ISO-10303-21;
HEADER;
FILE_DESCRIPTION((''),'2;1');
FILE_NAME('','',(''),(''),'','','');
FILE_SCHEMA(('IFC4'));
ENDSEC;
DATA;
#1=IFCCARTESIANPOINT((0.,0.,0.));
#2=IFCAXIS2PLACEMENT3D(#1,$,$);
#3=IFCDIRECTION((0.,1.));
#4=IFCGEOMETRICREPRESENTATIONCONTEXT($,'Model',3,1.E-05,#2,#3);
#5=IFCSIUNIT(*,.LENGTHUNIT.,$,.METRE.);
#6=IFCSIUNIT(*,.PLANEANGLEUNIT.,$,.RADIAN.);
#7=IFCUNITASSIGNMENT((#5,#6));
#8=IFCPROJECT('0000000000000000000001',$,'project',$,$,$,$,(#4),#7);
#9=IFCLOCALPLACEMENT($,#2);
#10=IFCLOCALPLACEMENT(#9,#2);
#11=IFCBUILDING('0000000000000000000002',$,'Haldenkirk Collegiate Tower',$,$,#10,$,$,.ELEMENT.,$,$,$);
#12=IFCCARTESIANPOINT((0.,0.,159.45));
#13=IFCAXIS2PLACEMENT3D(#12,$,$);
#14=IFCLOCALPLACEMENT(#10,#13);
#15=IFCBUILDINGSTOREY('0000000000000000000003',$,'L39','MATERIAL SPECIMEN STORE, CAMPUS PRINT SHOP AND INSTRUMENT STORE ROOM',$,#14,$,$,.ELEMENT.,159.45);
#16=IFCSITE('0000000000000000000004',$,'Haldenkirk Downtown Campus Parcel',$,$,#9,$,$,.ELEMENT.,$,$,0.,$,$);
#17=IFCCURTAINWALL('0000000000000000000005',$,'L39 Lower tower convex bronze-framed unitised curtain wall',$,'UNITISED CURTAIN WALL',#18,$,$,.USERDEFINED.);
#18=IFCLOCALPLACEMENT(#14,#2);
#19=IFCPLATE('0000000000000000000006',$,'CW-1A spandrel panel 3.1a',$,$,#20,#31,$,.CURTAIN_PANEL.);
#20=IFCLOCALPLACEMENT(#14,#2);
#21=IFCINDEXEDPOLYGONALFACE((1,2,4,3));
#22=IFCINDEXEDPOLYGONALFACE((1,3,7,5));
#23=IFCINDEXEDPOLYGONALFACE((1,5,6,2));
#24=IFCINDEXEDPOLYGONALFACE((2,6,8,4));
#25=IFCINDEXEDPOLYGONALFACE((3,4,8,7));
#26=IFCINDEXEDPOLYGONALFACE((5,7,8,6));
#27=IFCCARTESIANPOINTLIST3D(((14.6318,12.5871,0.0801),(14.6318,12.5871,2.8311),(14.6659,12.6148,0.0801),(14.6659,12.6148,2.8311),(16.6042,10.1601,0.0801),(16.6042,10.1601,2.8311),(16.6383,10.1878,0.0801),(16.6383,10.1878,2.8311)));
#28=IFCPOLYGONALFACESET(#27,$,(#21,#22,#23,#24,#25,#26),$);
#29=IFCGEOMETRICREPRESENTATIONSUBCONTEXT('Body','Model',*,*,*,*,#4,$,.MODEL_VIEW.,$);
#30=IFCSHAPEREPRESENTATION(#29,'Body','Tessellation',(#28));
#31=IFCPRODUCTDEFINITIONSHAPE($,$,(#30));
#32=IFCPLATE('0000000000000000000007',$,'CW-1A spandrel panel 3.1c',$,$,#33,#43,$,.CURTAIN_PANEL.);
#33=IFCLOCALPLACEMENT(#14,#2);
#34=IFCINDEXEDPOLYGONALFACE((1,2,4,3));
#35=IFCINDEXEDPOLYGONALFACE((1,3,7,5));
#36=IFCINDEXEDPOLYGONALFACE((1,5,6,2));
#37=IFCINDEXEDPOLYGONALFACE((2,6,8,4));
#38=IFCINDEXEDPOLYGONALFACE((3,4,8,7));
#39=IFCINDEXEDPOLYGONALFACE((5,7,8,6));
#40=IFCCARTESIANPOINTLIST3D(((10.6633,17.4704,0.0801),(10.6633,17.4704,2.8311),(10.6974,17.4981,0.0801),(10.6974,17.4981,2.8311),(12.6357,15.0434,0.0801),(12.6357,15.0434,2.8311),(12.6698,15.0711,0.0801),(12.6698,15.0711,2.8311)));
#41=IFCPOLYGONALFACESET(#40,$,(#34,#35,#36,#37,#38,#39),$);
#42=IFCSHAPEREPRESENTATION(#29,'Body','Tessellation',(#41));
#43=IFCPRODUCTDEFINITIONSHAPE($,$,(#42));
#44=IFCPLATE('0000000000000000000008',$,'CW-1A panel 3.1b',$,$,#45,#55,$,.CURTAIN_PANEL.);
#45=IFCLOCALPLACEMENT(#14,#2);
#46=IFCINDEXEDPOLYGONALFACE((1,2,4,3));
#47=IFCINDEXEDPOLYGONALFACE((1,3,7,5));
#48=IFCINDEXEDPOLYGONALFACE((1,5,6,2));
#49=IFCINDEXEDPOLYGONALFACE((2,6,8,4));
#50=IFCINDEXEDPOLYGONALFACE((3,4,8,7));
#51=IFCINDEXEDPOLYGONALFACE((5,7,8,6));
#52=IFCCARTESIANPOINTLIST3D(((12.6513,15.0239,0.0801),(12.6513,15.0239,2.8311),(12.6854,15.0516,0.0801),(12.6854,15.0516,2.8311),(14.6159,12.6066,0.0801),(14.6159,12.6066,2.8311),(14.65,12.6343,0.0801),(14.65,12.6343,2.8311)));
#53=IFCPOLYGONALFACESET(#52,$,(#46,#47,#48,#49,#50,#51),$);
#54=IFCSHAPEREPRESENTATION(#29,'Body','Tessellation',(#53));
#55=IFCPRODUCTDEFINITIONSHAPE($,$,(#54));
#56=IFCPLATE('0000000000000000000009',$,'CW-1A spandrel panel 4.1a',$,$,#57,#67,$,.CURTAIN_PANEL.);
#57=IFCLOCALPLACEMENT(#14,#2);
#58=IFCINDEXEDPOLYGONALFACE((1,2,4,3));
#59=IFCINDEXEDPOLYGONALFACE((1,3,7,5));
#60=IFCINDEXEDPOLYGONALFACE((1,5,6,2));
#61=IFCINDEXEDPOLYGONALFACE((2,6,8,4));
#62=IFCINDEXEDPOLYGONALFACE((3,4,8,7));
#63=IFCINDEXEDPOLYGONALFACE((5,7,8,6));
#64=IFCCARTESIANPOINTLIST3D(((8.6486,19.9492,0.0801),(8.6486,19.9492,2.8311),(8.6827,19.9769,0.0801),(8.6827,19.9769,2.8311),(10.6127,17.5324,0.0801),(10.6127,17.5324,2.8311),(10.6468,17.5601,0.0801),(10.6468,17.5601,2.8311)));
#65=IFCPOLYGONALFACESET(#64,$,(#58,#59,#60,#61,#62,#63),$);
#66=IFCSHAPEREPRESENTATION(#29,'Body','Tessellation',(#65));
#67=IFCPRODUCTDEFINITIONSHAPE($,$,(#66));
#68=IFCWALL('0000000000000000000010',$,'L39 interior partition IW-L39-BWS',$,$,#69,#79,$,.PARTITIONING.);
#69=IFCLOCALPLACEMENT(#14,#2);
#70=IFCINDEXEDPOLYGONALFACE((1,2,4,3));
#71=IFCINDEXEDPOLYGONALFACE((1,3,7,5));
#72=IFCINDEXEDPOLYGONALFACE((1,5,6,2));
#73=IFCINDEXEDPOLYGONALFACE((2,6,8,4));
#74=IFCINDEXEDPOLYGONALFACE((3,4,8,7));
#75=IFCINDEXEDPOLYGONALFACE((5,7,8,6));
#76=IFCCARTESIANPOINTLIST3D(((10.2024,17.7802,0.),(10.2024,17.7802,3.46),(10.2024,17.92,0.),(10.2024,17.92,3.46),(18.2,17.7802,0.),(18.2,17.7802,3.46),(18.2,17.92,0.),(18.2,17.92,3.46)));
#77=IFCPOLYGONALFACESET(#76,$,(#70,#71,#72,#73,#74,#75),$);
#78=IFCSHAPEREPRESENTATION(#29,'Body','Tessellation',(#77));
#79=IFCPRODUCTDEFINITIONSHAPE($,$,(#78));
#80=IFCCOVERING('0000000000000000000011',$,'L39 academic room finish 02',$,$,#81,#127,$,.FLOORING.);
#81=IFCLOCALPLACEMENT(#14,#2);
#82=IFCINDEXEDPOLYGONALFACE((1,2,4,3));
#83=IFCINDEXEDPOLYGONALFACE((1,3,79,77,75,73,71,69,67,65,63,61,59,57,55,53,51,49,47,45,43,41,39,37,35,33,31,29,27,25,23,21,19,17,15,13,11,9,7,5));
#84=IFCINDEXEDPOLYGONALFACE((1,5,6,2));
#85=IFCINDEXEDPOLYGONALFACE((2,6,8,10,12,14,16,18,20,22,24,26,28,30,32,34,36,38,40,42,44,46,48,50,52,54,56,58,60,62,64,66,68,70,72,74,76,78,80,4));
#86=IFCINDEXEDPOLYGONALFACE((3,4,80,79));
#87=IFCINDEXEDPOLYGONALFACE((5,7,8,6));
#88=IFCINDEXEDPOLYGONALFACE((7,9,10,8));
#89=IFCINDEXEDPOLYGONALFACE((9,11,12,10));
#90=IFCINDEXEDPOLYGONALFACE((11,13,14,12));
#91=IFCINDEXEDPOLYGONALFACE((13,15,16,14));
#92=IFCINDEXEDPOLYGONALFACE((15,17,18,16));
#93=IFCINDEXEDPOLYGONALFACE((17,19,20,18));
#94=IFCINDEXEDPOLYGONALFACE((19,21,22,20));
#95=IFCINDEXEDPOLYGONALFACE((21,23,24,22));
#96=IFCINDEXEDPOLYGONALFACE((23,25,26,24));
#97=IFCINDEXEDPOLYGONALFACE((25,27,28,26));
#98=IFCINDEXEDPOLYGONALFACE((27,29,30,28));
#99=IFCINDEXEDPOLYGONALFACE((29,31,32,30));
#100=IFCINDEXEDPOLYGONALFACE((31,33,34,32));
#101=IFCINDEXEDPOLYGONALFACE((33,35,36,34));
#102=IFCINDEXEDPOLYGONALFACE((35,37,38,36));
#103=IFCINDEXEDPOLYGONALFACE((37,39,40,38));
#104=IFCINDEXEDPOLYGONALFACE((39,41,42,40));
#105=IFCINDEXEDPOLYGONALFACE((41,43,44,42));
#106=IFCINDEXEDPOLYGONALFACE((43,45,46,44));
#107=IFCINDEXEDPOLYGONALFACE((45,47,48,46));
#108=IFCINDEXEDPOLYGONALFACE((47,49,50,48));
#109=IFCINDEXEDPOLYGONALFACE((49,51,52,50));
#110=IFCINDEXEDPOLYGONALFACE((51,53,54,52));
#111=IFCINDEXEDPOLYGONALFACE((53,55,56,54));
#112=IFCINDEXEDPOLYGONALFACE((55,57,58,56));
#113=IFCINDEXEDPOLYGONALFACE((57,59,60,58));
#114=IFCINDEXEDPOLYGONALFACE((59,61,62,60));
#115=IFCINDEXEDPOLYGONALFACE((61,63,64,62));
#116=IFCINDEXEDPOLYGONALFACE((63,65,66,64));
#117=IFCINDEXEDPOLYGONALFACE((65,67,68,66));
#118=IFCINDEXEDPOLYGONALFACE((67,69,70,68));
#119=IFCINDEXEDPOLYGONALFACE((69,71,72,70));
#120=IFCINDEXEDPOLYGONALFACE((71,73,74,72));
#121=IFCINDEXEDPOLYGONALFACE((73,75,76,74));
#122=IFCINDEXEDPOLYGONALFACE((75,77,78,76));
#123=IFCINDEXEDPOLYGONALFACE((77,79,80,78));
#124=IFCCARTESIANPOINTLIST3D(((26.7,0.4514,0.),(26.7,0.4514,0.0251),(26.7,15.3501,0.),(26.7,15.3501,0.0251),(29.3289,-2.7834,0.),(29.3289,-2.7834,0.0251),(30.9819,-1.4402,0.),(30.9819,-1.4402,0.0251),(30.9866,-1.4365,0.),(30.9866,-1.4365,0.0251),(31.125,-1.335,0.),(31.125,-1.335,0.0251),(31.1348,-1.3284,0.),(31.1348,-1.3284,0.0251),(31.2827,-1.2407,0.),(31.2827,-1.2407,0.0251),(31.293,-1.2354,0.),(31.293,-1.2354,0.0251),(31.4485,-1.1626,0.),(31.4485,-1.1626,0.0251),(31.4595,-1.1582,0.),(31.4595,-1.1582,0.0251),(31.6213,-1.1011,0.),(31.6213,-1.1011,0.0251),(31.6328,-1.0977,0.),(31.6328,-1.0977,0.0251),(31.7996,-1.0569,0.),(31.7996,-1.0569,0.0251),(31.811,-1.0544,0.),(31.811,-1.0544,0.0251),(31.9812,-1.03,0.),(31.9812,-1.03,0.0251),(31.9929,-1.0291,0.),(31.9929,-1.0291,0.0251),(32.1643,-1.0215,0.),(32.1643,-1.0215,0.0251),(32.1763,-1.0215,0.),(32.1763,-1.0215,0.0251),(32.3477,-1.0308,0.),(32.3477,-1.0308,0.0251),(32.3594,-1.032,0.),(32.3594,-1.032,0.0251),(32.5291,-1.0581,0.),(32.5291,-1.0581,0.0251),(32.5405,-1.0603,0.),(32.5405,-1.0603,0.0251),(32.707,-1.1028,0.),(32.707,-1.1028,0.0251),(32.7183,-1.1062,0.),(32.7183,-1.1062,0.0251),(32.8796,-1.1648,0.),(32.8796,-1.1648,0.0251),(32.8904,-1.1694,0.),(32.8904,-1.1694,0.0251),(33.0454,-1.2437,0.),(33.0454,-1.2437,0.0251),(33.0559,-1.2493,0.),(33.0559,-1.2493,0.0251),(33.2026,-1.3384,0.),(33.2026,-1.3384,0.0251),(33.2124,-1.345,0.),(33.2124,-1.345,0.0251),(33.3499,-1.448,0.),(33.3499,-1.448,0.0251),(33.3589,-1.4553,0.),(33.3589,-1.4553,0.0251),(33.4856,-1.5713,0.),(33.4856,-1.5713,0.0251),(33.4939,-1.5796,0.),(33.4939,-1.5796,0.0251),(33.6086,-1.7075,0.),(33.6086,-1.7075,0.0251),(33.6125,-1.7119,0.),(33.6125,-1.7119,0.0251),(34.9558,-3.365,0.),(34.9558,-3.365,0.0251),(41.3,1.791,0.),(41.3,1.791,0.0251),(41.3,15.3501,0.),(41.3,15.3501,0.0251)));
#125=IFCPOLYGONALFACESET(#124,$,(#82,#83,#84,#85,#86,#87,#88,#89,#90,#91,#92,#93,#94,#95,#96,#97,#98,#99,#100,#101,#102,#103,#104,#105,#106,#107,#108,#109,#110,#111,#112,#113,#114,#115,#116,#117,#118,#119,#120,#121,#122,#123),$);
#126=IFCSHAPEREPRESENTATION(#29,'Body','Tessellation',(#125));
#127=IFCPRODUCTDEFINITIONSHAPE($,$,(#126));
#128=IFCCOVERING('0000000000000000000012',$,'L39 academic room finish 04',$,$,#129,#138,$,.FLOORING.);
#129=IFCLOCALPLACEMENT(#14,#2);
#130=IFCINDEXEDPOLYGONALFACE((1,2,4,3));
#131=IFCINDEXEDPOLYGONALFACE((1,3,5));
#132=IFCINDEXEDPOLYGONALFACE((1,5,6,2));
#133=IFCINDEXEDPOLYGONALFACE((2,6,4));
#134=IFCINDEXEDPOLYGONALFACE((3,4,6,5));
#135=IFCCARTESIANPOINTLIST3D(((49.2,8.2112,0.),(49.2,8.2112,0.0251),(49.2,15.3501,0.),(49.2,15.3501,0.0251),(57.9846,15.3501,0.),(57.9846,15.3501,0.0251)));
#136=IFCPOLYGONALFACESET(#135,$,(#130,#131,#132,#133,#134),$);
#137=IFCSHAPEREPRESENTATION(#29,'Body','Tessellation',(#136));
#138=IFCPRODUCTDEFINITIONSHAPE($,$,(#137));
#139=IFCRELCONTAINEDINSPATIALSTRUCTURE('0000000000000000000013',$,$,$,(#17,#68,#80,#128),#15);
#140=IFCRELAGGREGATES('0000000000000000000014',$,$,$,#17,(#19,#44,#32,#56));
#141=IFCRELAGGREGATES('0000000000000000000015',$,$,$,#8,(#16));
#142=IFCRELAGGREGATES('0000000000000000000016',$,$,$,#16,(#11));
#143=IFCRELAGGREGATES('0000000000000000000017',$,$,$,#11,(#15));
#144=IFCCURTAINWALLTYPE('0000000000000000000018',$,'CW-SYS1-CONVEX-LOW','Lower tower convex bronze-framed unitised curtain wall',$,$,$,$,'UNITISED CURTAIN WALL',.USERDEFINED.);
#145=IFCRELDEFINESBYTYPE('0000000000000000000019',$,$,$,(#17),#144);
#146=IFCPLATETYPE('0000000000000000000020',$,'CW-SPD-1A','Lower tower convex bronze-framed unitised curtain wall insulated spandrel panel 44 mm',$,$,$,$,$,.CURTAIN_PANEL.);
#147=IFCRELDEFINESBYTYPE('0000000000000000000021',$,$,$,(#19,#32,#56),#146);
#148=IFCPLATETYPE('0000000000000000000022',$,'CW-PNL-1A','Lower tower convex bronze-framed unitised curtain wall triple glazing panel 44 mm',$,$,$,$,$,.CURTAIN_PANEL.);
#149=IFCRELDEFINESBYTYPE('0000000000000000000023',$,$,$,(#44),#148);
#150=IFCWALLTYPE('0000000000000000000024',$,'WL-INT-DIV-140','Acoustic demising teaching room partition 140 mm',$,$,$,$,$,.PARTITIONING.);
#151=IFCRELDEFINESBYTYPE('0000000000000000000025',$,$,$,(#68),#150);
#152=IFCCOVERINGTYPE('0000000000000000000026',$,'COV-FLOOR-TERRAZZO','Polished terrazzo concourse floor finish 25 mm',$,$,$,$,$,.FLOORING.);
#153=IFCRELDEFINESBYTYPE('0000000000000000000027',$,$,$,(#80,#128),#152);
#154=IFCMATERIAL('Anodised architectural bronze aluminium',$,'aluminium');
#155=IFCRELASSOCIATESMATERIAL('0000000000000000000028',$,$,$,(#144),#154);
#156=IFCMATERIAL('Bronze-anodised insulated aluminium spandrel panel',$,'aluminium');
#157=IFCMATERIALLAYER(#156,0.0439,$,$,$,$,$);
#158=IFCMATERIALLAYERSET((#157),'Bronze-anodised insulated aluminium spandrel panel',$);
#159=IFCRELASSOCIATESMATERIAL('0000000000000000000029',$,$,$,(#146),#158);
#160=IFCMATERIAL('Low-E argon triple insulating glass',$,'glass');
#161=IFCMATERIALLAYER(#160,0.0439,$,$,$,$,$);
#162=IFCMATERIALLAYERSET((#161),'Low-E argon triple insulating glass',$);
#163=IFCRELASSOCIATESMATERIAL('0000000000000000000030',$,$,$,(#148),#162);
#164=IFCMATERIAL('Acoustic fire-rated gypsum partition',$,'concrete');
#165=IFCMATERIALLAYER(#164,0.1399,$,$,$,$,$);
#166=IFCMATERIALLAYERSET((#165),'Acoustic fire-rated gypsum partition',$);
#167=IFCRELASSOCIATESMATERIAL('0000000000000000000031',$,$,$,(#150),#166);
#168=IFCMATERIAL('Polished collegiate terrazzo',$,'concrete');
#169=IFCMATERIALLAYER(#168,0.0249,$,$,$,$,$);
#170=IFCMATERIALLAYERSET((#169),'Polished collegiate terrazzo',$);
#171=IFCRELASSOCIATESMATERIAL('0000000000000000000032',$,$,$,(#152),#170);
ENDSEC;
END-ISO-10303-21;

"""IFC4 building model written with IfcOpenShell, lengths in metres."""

from ifc_helpers import new_model, si_unit, direction, frame, frame_2d, origin, origin_2d, place, context, subcontext, project, spatial, polyline, rectangle, outline, extrude, source, transform, mapped, material, layer, layer_set, type_object, element, aggregate, save


model = new_model("IFC4")

# Units and contexts
model_context = context("Model", 3, precision=1e-05, world=origin(), true_north=direction((0.0, 1.0)))
body_context = subcontext(model_context, "Body", "Model", "MODEL_VIEW")
ifc_project = project(units=[si_unit("LENGTHUNIT", "METRE"), si_unit("PLANEANGLEUNIT", "RADIAN")], contexts=[model_context])

# Site, building, storey
site_placement = place(None, origin())
site = spatial("IfcSite", under=ifc_project, at=site_placement, Name="Haldenkirk Downtown Campus Parcel", CompositionType="ELEMENT", RefElevation=0.0)
building_placement = place(site_placement, origin())
building = spatial("IfcBuilding", under=site, at=building_placement, Name="Haldenkirk Collegiate Tower", CompositionType="ELEMENT")
storey_placement = place(building_placement, frame((0.0, 0.0, 159.45)))
storey = spatial("IfcBuildingStorey", under=building, at=storey_placement, Name="L39", Description="MATERIAL SPECIMEN STORE, CAMPUS PRINT SHOP AND INSTRUMENT STORE ROOM", CompositionType="ELEMENT", Elevation=159.45)

# Curtain wall
ifc_material_1 = material(Name="Anodised architectural bronze aluminium", Category="aluminium")
curtain_wall_type = type_object("IfcCurtainWallType", Name="CW-SYS1-CONVEX-LOW", Description="Lower tower convex bronze-framed unitised curtain wall", ElementType="UNITISED CURTAIN WALL", PredefinedType="USERDEFINED", material=ifc_material_1)
curtain_wall_placement = place(storey_placement, origin())
curtain_wall = element("IfcCurtainWall", 1, at=curtain_wall_placement, inside=storey, type_object=curtain_wall_type, Name="L39 Lower tower convex bronze-framed unitised curtain wall", ObjectType="UNITISED CURTAIN WALL", PredefinedType="USERDEFINED")

# Plates
ifc_material_2 = material(Name="Bronze-anodised insulated aluminium spandrel panel", Category="aluminium")
ifc_layer_1 = layer(ifc_material_2, 0.0439)
ifc_layer_set_1 = layer_set([ifc_layer_1], Name="Bronze-anodised insulated aluminium spandrel panel")
plate_type_1 = type_object("IfcPlateType", Name="CW-SPD-1A", Description="Lower tower convex bronze-framed unitised curtain wall insulated spandrel panel 44 mm", PredefinedType="CURTAIN_PANEL", material=ifc_layer_set_1)
shared_shape_1 = source(origin(), body_context, "Body", "SweptSolid", [
    extrude(rectangle(XDim=3.1274, YDim=0.0439, at=origin_2d()), origin(), (0.0, 0.0, 1.0), 2.751),
])
plate_1_placement = place(storey_placement, frame((15.635, 11.3875, 0.0801), z_axis=(0.0, 0.0, 1.0), x_axis=(-0.630674, 0.776048, 0.0)))
plate_1 = element("IfcPlate", 2, at=plate_1_placement, type_object=plate_type_1, Name="CW-1A spandrel panel 3.1a", PredefinedType="CURTAIN_PANEL", context=body_context, shape_type="MappedRepresentation", body=[
    mapped(shared_shape_1, transform((0.0, 0.0, 0.0), x_axis=(1.0, 0.0, 0.0), y_axis=(0.0, 1.0, 0.0), z_axis=(0.0, 0.0, 1.0), scale=1.0)),
])
plate_2_placement = place(storey_placement, frame((11.6665, 16.2708, 0.0801), z_axis=(0.0, 0.0, 1.0), x_axis=(-0.630674, 0.776048, 0.0)))
plate_2 = element("IfcPlate", 3, at=plate_2_placement, type_object=plate_type_1, Name="CW-1A spandrel panel 3.1c", PredefinedType="CURTAIN_PANEL", context=body_context, shape_type="MappedRepresentation", body=[
    mapped(shared_shape_1, transform((0.0, 0.0, 0.0), x_axis=(1.0, 0.0, 0.0), y_axis=(0.0, 1.0, 0.0), z_axis=(0.0, 0.0, 1.0), scale=1.0)),
])
ifc_material_3 = material(Name="Low-E argon triple insulating glass", Category="glass")
ifc_layer_2 = layer(ifc_material_3, 0.0439)
ifc_layer_set_2 = layer_set([ifc_layer_2], Name="Low-E argon triple insulating glass")
plate_type_2 = type_object("IfcPlateType", Name="CW-PNL-1A", Description="Lower tower convex bronze-framed unitised curtain wall triple glazing panel 44 mm", PredefinedType="CURTAIN_PANEL", material=ifc_layer_set_2)
shared_shape_2 = source(origin(), body_context, "Body", "SweptSolid", [
    extrude(rectangle(XDim=3.115, YDim=0.0439, at=origin_2d()), origin(), (0.0, 0.0, 1.0), 2.751),
])
plate_3_placement = place(storey_placement, frame((13.6506, 13.8291, 0.0801), z_axis=(0.0, 0.0, 1.0), x_axis=(-0.630674, 0.776048, 0.0)))
plate_3 = element("IfcPlate", 4, at=plate_3_placement, type_object=plate_type_2, Name="CW-1A panel 3.1b", PredefinedType="CURTAIN_PANEL", context=body_context, shape_type="MappedRepresentation", body=[
    mapped(shared_shape_2, transform((0.0, 0.0, 0.0), x_axis=(1.0, 0.0, 0.0), y_axis=(0.0, 1.0, 0.0), z_axis=(0.0, 0.0, 1.0), scale=1.0)),
])
shared_shape_3 = source(origin(), body_context, "Body", "SweptSolid", [
    extrude(rectangle(XDim=3.1143, YDim=0.0439, at=origin_2d()), origin(), (0.0, 0.0, 1.0), 2.751),
])
plate_4_placement = place(storey_placement, frame((9.6477, 18.7546, 0.0801), z_axis=(0.0, 0.0, 1.0), x_axis=(-0.630674, 0.776048, 0.0)))
plate_4 = element("IfcPlate", 5, at=plate_4_placement, type_object=plate_type_1, Name="CW-1A spandrel panel 4.1a", PredefinedType="CURTAIN_PANEL", context=body_context, shape_type="MappedRepresentation", body=[
    mapped(shared_shape_3, transform((0.0, 0.0, 0.0), x_axis=(1.0, 0.0, 0.0), y_axis=(0.0, 1.0, 0.0), z_axis=(0.0, 0.0, 1.0), scale=1.0)),
])
aggregate(curtain_wall, [plate_1, plate_3, plate_2, plate_4])

# Wall
ifc_material_4 = material(Name="Acoustic fire-rated gypsum partition", Category="concrete")
ifc_layer_3 = layer(ifc_material_4, 0.1399)
ifc_layer_set_3 = layer_set([ifc_layer_3], Name="Acoustic fire-rated gypsum partition")
wall_type = type_object("IfcWallType", Name="WL-INT-DIV-140", Description="Acoustic demising teaching room partition 140 mm", PredefinedType="PARTITIONING", material=ifc_layer_set_3)
wall_placement = place(storey_placement, frame((10.2024, 17.8501, 0.0), z_axis=(0.0, 0.0, 1.0), x_axis=(1.0, 0.0, 0.0)))
element("IfcWall", 6, at=wall_placement, inside=storey, type_object=wall_type, Name="L39 interior partition IW-L39-BWS", PredefinedType="PARTITIONING", context=body_context, shape_type="SweptSolid", body=[
    extrude(rectangle(XDim=7.9976, YDim=0.1399, at=frame_2d((3.9988, 0.0))), origin(), (0.0, 0.0, 1.0), 3.46),
])

# Coverings
ifc_material_5 = material(Name="Polished collegiate terrazzo", Category="concrete")
ifc_layer_4 = layer(ifc_material_5, 0.0249)
ifc_layer_set_4 = layer_set([ifc_layer_4], Name="Polished collegiate terrazzo")
covering_type_1 = type_object("IfcCoveringType", Name="COV-FLOOR-TERRAZZO", Description="Polished terrazzo concourse floor finish 25 mm", PredefinedType="FLOORING", material=ifc_layer_set_4)
covering_1_placement = place(storey_placement, origin())
element("IfcCovering", 7, at=covering_1_placement, inside=storey, type_object=covering_type_1, Name="L39 academic room finish 02", PredefinedType="FLOORING", context=body_context, shape_type="SweptSolid", body=[
    extrude(outline(polyline([(33.0559, -1.2493), (33.0454, -1.2437), (32.8904, -1.1694), (32.8796, -1.1648), (32.7183, -1.1062), (32.707, -1.1028), (32.5405, -1.0603), (32.5291, -1.0581), (32.3594, -1.032), (32.3477, -1.0308), (32.1763, -1.0215), (32.1643, -1.0215), (31.9929, -1.0291), (31.9812, -1.03), (31.811, -1.0544), (31.7996, -1.0569), (31.6328, -1.0977), (31.6213, -1.1011), (31.4595, -1.1582), (31.4485, -1.1626), (31.293, -1.2354), (31.2827, -1.2407), (31.1348, -1.3284), (31.125, -1.335), (30.9866, -1.4365), (30.9819, -1.4402), (29.3289, -2.7834), (26.7, 0.4514), (26.7, 15.3501), (41.3, 15.3501), (41.3, 1.791), (34.9558, -3.365), (33.6125, -1.7119), (33.6086, -1.7075), (33.4939, -1.5796), (33.4856, -1.5713), (33.3589, -1.4553), (33.3499, -1.448), (33.2124, -1.345), (33.2026, -1.3384), (33.0559, -1.2493)])), origin(), (0.0, 0.0, 1.0), 0.0251),
])
covering_2_placement = place(storey_placement, origin())
element("IfcCovering", 8, at=covering_2_placement, inside=storey, type_object=covering_type_1, Name="L39 academic room finish 04", PredefinedType="FLOORING", context=body_context, shape_type="SweptSolid", body=[
    extrude(outline(polyline([(49.2, 8.2112), (49.2, 15.3501), (57.9846, 15.3501), (49.2, 8.2112)])), origin(), (0.0, 0.0, 1.0), 0.0251),
])

save(model, "model.ifc")
